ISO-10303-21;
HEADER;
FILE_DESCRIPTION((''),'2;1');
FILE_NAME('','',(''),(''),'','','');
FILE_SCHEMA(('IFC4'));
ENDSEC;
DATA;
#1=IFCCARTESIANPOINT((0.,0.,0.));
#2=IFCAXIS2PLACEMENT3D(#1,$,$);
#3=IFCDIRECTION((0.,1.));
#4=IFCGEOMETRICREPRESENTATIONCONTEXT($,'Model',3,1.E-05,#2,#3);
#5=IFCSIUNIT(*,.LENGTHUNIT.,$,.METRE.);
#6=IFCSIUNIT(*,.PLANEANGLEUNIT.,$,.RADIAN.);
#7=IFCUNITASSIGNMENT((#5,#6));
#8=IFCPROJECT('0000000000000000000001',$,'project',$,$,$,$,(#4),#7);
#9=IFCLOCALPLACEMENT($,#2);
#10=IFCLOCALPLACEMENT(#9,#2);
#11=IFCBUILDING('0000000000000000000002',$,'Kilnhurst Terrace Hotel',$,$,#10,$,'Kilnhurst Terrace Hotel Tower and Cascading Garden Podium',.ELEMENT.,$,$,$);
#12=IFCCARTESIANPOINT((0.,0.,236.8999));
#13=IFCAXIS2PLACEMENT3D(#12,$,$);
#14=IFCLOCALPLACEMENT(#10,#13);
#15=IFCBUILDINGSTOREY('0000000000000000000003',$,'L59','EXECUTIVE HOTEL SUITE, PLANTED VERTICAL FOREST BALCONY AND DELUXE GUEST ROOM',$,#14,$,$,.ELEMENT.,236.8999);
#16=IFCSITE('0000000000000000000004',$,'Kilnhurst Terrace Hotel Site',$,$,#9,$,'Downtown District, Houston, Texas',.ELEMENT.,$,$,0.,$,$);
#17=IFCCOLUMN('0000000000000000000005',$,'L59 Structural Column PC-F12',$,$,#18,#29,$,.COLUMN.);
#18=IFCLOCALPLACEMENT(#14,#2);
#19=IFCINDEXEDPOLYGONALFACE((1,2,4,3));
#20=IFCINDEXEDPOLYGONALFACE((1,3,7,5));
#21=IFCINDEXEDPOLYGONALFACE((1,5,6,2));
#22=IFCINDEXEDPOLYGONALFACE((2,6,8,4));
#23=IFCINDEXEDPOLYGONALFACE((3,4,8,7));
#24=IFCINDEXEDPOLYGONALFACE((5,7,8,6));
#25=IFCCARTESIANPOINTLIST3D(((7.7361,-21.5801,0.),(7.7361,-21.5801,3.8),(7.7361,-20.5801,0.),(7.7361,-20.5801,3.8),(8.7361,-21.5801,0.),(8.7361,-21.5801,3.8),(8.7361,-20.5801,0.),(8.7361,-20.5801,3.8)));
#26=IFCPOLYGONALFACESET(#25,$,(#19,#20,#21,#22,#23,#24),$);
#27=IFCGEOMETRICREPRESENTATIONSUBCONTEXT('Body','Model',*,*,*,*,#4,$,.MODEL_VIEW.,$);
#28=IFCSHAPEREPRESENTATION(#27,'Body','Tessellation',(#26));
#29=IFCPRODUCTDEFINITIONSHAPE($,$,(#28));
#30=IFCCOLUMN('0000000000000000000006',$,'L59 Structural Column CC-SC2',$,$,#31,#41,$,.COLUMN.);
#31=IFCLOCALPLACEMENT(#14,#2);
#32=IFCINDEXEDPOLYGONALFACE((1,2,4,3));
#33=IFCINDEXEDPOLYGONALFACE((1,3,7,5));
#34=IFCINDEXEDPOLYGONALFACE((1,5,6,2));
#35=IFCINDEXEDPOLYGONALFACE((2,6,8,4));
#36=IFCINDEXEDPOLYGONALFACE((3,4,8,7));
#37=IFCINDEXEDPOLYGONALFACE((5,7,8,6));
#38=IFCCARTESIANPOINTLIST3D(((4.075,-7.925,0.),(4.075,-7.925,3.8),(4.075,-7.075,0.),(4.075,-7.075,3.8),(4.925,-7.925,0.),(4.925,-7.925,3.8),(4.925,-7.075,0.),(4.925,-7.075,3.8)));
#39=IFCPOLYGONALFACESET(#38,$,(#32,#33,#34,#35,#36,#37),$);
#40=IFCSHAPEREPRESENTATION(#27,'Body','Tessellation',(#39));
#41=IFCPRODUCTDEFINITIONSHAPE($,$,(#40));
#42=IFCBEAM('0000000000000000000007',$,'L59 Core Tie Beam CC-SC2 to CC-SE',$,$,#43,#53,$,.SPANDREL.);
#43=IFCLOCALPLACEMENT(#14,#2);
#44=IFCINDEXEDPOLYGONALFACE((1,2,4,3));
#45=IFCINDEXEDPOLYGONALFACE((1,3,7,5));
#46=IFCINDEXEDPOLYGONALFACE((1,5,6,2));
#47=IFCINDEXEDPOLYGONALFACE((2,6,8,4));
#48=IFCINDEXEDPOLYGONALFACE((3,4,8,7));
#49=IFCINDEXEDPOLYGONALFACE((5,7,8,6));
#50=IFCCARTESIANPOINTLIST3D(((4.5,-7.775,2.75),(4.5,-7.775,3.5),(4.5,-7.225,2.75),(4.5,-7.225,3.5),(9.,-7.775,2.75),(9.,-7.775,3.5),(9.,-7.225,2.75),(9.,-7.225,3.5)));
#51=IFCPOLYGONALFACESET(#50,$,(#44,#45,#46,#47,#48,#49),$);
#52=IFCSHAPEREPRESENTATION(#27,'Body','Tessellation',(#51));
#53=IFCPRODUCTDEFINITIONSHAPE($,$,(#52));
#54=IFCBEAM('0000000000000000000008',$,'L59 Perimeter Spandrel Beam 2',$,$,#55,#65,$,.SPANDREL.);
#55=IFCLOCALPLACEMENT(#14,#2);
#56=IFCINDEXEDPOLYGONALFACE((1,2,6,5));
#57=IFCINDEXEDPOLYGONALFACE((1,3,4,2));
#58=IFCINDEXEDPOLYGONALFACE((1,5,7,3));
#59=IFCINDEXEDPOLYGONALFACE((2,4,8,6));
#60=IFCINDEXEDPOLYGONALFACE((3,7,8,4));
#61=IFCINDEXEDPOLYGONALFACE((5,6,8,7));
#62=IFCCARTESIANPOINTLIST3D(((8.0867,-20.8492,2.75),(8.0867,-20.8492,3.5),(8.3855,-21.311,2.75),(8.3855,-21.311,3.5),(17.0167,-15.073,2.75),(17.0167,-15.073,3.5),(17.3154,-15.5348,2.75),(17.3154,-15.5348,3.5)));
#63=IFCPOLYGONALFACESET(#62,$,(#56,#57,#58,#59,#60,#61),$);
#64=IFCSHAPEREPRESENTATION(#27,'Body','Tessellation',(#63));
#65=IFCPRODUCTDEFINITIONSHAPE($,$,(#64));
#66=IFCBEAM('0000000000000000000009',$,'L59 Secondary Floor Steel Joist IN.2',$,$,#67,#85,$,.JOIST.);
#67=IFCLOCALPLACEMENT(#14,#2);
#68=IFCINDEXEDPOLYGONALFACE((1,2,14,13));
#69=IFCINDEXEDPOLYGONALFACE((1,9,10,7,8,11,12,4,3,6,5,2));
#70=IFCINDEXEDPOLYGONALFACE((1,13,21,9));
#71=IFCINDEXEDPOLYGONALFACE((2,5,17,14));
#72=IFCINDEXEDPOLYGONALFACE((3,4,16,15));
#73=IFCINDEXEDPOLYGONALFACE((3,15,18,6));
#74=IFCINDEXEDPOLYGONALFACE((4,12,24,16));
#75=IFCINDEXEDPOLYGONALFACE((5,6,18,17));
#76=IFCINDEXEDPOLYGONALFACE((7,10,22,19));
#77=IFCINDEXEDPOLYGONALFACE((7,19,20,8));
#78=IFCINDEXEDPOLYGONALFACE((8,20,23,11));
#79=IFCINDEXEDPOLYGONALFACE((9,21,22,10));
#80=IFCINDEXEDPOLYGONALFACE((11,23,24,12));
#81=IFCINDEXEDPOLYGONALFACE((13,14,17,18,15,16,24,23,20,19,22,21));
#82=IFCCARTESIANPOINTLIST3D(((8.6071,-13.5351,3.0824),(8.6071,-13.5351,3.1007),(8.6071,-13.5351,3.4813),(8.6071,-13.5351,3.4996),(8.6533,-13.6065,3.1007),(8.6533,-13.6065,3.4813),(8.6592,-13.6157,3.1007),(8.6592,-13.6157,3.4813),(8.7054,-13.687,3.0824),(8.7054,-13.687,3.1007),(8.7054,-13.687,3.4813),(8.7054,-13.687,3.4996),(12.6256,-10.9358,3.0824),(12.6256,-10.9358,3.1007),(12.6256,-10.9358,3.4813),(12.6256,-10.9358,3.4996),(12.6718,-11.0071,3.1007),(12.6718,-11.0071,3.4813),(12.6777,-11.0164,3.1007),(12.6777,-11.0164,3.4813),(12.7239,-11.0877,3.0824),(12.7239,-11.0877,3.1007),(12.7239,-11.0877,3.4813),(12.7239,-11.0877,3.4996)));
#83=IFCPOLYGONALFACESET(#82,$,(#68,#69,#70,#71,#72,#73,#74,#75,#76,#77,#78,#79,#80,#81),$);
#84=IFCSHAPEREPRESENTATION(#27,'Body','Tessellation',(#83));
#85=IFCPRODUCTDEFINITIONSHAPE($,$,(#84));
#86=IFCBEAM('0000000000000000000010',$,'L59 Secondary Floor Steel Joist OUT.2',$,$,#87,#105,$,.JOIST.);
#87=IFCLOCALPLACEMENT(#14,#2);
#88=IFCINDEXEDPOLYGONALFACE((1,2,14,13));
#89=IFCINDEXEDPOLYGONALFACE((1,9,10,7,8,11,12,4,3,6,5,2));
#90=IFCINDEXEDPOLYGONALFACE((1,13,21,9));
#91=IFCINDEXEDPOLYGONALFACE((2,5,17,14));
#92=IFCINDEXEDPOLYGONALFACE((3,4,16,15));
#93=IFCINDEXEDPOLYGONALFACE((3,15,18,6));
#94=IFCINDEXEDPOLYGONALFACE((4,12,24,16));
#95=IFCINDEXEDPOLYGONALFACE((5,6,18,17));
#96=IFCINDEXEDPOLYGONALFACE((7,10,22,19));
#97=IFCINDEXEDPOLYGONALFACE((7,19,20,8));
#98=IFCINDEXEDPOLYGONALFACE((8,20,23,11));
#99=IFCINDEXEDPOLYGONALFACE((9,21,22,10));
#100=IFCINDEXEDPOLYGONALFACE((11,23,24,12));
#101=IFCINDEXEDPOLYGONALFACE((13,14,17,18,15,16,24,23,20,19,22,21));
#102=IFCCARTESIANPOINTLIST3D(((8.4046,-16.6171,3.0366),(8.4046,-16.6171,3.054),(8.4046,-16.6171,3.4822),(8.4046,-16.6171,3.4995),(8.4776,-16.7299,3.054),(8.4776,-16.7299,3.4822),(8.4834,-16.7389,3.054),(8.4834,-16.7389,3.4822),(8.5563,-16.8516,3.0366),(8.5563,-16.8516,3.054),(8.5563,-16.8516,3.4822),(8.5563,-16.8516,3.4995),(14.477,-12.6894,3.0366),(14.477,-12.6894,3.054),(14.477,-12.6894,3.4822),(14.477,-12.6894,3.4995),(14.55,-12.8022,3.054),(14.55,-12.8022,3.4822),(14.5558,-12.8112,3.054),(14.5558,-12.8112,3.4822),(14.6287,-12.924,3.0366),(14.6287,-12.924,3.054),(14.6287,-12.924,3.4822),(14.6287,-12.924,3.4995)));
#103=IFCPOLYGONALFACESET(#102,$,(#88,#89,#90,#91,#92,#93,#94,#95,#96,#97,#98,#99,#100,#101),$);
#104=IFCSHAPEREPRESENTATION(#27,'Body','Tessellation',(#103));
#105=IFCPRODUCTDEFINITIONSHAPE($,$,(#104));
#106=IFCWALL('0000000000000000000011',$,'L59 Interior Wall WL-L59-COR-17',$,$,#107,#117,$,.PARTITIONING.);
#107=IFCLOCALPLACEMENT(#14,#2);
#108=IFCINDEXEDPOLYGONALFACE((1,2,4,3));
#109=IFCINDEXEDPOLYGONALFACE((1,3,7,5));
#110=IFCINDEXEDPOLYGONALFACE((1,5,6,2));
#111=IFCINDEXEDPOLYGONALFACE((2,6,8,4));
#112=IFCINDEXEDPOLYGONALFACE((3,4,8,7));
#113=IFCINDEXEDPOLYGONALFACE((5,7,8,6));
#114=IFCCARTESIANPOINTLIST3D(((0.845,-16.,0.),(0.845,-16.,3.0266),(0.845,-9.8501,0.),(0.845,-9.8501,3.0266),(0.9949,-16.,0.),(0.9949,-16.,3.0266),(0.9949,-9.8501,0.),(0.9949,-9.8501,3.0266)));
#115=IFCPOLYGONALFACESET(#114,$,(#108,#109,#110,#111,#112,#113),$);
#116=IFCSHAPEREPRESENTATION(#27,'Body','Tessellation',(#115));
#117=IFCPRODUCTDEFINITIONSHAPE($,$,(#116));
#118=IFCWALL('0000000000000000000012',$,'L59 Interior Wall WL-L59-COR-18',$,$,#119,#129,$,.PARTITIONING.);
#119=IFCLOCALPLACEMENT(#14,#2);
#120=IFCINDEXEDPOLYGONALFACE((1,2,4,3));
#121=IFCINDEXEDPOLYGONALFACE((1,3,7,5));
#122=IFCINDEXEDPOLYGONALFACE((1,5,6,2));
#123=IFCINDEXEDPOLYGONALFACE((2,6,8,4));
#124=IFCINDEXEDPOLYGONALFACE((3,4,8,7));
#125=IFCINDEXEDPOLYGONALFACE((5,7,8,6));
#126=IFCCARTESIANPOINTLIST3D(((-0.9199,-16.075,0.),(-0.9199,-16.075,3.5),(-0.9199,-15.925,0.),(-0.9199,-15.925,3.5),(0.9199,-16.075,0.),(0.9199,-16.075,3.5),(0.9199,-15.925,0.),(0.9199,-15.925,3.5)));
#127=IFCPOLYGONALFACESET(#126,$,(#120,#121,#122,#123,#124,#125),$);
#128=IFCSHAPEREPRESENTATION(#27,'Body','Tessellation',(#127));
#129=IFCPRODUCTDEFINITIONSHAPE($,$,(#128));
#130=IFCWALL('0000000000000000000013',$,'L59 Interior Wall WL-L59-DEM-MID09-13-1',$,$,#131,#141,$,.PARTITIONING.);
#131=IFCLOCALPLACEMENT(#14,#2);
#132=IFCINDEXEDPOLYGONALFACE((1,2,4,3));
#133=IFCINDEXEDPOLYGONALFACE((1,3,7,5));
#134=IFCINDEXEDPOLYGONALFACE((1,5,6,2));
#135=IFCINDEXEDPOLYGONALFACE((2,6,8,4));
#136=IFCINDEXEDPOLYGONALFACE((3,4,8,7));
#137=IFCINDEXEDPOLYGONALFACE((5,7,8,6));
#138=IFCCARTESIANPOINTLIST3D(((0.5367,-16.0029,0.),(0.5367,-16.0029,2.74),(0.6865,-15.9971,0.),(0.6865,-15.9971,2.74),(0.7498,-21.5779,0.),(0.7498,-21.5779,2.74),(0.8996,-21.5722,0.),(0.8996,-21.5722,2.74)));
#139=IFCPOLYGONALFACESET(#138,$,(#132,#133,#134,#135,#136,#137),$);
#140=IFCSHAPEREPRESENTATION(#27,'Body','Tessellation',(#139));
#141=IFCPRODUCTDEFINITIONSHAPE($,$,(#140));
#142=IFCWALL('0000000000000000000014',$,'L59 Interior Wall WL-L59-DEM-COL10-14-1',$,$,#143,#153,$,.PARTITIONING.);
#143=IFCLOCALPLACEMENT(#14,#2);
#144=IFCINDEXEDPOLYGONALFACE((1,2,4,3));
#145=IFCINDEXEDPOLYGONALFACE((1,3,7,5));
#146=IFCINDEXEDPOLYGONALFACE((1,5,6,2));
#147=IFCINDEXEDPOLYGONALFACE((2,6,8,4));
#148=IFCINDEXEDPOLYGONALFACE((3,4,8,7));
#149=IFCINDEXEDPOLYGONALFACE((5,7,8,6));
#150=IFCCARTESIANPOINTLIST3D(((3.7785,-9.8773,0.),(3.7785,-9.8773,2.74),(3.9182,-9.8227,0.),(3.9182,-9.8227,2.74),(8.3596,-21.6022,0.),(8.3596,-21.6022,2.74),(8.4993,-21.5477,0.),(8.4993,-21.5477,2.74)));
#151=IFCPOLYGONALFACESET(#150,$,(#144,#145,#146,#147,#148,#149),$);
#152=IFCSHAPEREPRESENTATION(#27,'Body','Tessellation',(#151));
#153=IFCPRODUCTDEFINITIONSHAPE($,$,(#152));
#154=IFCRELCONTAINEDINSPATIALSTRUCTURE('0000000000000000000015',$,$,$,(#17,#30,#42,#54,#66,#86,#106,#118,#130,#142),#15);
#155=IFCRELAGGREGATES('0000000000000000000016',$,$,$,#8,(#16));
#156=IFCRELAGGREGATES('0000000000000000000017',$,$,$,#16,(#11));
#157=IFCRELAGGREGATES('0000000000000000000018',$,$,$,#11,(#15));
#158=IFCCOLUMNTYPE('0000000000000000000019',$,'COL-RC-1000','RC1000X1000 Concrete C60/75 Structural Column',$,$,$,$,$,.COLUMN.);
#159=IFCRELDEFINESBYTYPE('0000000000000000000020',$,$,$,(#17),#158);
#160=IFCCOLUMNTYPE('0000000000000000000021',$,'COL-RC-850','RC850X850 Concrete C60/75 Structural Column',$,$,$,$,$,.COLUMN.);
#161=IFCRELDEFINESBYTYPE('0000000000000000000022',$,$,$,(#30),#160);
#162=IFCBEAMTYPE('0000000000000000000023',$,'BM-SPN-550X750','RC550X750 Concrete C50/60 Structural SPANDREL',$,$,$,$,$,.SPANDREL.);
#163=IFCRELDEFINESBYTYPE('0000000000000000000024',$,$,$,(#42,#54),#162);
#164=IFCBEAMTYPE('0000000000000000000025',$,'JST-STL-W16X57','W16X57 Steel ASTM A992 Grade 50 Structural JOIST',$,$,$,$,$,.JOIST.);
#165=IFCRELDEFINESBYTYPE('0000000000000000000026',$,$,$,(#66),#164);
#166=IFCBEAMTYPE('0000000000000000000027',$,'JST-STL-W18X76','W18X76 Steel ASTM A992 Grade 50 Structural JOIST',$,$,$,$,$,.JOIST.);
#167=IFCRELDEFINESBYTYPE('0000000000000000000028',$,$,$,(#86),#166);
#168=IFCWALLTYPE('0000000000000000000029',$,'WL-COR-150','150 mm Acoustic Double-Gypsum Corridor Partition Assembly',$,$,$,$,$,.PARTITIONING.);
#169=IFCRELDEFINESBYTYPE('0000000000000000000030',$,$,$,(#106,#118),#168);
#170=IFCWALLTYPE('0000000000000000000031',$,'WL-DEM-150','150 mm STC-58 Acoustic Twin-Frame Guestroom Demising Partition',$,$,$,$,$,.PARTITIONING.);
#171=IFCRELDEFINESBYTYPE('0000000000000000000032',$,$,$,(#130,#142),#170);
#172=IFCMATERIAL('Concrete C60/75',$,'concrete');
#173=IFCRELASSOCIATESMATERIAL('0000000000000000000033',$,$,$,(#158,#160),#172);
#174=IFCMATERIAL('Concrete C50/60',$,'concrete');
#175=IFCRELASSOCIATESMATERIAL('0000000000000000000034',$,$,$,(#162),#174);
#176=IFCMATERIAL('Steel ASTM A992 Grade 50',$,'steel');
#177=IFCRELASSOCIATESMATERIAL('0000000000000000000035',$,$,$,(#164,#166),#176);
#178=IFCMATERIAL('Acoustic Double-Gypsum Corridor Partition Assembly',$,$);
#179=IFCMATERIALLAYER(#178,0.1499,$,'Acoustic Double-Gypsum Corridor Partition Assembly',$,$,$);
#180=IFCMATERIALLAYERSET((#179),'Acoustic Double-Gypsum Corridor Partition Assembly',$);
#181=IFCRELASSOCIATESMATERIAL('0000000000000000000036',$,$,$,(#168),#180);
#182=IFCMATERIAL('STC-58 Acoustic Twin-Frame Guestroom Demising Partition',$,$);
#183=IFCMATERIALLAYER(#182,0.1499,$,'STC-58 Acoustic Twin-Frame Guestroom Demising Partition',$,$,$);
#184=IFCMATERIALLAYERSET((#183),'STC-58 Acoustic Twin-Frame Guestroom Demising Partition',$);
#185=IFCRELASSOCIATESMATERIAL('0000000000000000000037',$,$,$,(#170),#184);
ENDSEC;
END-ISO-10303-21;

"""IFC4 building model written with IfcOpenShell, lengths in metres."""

from ifc_helpers import new_model, si_unit, direction, frame, frame_2d, origin, origin_2d, place, context, subcontext, project, spatial, rectangle, i_section, extrude, material, layer, layer_set, material_profile, profile_set, type_object, element, save


model = new_model("IFC4")

# Units and contexts
model_context = context("Model", 3, precision=1e-05, world=origin(), true_north=direction((0.0, 1.0)))
body_context = subcontext(model_context, "Body", "Model", "MODEL_VIEW")
ifc_project = project(units=[si_unit("LENGTHUNIT", "METRE"), si_unit("PLANEANGLEUNIT", "RADIAN")], contexts=[model_context])

# Site, building, storey
site_placement = place(None, origin())
site = spatial("IfcSite", under=ifc_project, at=site_placement, Name="Kilnhurst Terrace Hotel Site", LongName="Downtown District, Houston, Texas", CompositionType="ELEMENT", RefElevation=0.0)
building_placement = place(site_placement, origin())
building = spatial("IfcBuilding", under=site, at=building_placement, Name="Kilnhurst Terrace Hotel", LongName="Kilnhurst Terrace Hotel Tower and Cascading Garden Podium", CompositionType="ELEMENT")
storey_placement = place(building_placement, frame((0.0, 0.0, 236.8999)))
storey = spatial("IfcBuildingStorey", under=building, at=storey_placement, Name="L59", Description="EXECUTIVE HOTEL SUITE, PLANTED VERTICAL FOREST BALCONY AND DELUXE GUEST ROOM", CompositionType="ELEMENT", Elevation=236.8999)

# Columns
ifc_material_1 = material(Name="Concrete C60/75", Category="concrete")
ifc_material_profile_1 = material_profile(ifc_material_1, rectangle(XDim=1.0, YDim=1.0, at=origin_2d()), Name="RC1000X1000")
ifc_profile_set_1 = profile_set([ifc_material_profile_1], Name="Concrete C60/75")
column_type_1 = type_object("IfcColumnType", Name="COL-RC-1000", Description="RC1000X1000 Concrete C60/75 Structural Column", PredefinedType="COLUMN", material=ifc_profile_set_1)
column_1_placement = place(storey_placement, frame((8.2361, -21.0801, 0.0), z_axis=(0.0, 0.0, 1.0), x_axis=(1.0, 0.0, 0.0)))
element("IfcColumn", 1, at=column_1_placement, inside=storey, type_object=column_type_1, Name="L59 Structural Column PC-F12", PredefinedType="COLUMN", context=body_context, shape_type="SweptSolid", body=[
    extrude(rectangle(XDim=1.0, YDim=1.0, at=origin_2d()), origin(), (0.0, 0.0, 1.0), 3.8),
])
ifc_material_profile_2 = material_profile(ifc_material_1, rectangle(XDim=0.8501, YDim=0.8501, at=origin_2d()), Name="RC850X850")
ifc_profile_set_2 = profile_set([ifc_material_profile_2], Name="Concrete C60/75")
column_type_2 = type_object("IfcColumnType", Name="COL-RC-850", Description="RC850X850 Concrete C60/75 Structural Column", PredefinedType="COLUMN", material=ifc_profile_set_2)
column_2_placement = place(storey_placement, frame((4.5, -7.5, 0.0), z_axis=(0.0, 0.0, 1.0), x_axis=(1.0, 0.0, 0.0)))
element("IfcColumn", 2, at=column_2_placement, inside=storey, type_object=column_type_2, Name="L59 Structural Column CC-SC2", PredefinedType="COLUMN", context=body_context, shape_type="SweptSolid", body=[
    extrude(rectangle(XDim=0.8501, YDim=0.8501, at=origin_2d()), origin(), (0.0, 0.0, 1.0), 3.8),
])

# Beams
ifc_material_2 = material(Name="Concrete C50/60", Category="concrete")
ifc_material_profile_3 = material_profile(ifc_material_2, rectangle(XDim=0.55, YDim=0.75, at=origin_2d()), Name="RC550X750")
ifc_profile_set_3 = profile_set([ifc_material_profile_3], Name="Concrete C50/60")
beam_type_1 = type_object("IfcBeamType", Name="BM-SPN-550X750", Description="RC550X750 Concrete C50/60 Structural SPANDREL", PredefinedType="SPANDREL", material=ifc_profile_set_3)
beam_1_placement = place(storey_placement, frame((4.5, -7.5, 3.125), z_axis=(1.0, 0.0, 0.0), x_axis=(0.0, 1.0, 0.0)))
element("IfcBeam", 3, at=beam_1_placement, inside=storey, type_object=beam_type_1, Name="L59 Core Tie Beam CC-SC2 to CC-SE", PredefinedType="SPANDREL", context=body_context, shape_type="SweptSolid", body=[
    extrude(rectangle(XDim=0.55, YDim=0.75, at=origin_2d()), origin(), (0.0, 0.0, 1.0), 4.5),
])
beam_2_placement = place(storey_placement, frame((8.2361, -21.0801, 3.125), z_axis=(0.839659, 0.543114, 0.0), x_axis=(-0.543114, 0.839659, 0.0)))
element("IfcBeam", 4, at=beam_2_placement, inside=storey, type_object=beam_type_1, Name="L59 Perimeter Spandrel Beam 2", PredefinedType="SPANDREL", context=body_context, shape_type="SweptSolid", body=[
    extrude(rectangle(XDim=0.55, YDim=0.75, at=origin_2d()), origin(), (0.0, 0.0, 1.0), 10.6353),
])
ifc_material_3 = material(Name="Steel ASTM A992 Grade 50", Category="steel")
ifc_material_profile_4 = material_profile(ifc_material_3, i_section(OverallWidth=0.1809, OverallDepth=0.4172, WebThickness=0.011, FlangeThickness=0.0183, at=origin_2d()), Name="W16X57")
ifc_profile_set_4 = profile_set([ifc_material_profile_4], Name="Steel ASTM A992 Grade 50")
beam_type_2 = type_object("IfcBeamType", Name="JST-STL-W16X57", Description="W16X57 Steel ASTM A992 Grade 50 Structural JOIST", PredefinedType="JOIST", material=ifc_profile_set_4)
beam_3_placement = place(storey_placement, frame((8.6562, -13.6111, 3.291), z_axis=(0.839654, 0.543122, 0.0), x_axis=(-0.543122, 0.839654, 0.0)))
element("IfcBeam", 5, at=beam_3_placement, inside=storey, type_object=beam_type_2, Name="L59 Secondary Floor Steel Joist IN.2", PredefinedType="JOIST", context=body_context, shape_type="SweptSolid", body=[
    extrude(i_section(OverallWidth=0.1809, OverallDepth=0.4172, WebThickness=0.011, FlangeThickness=0.0183, at=origin_2d()), origin(), (0.0, 0.0, 1.0), 4.7859),
])
ifc_material_profile_5 = material_profile(ifc_material_3, i_section(OverallWidth=0.2793, OverallDepth=0.4629, WebThickness=0.0107, FlangeThickness=0.0173, at=origin_2d()), Name="W18X76")
ifc_profile_set_5 = profile_set([ifc_material_profile_5], Name="Steel ASTM A992 Grade 50")
beam_type_3 = type_object("IfcBeamType", Name="JST-STL-W18X76", Description="W18X76 Steel ASTM A992 Grade 50 Structural JOIST", PredefinedType="JOIST", material=ifc_profile_set_5)
beam_4_placement = place(storey_placement, frame((8.4805, -16.7344, 3.2681), z_axis=(0.839667, 0.543101, 0.0), x_axis=(-0.543101, 0.839667, 0.0)))
element("IfcBeam", 6, at=beam_4_placement, inside=storey, type_object=beam_type_3, Name="L59 Secondary Floor Steel Joist OUT.2", PredefinedType="JOIST", context=body_context, shape_type="SweptSolid", body=[
    extrude(i_section(OverallWidth=0.2793, OverallDepth=0.4629, WebThickness=0.0107, FlangeThickness=0.0173, at=origin_2d()), origin(), (0.0, 0.0, 1.0), 7.2319),
])

# Walls
ifc_material_4 = material(Name="Acoustic Double-Gypsum Corridor Partition Assembly")
ifc_layer_1 = layer(ifc_material_4, 0.1499, Name="Acoustic Double-Gypsum Corridor Partition Assembly")
ifc_layer_set_1 = layer_set([ifc_layer_1], Name="Acoustic Double-Gypsum Corridor Partition Assembly")
wall_type_1 = type_object("IfcWallType", Name="WL-COR-150", Description="150 mm Acoustic Double-Gypsum Corridor Partition Assembly", PredefinedType="PARTITIONING", material=ifc_layer_set_1)
wall_1_placement = place(storey_placement, frame((0.9199, -9.8501, 0.0), z_axis=(0.0, 0.0, 1.0), x_axis=(0.0, -1.0, 0.0)))
element("IfcWall", 7, at=wall_1_placement, inside=storey, type_object=wall_type_1, Name="L59 Interior Wall WL-L59-COR-17", PredefinedType="PARTITIONING", context=body_context, shape_type="SweptSolid", body=[
    extrude(rectangle(XDim=6.1499, YDim=0.1499, at=frame_2d((3.075, 0.0))), origin(), (0.0, 0.0, 1.0), 3.0266),
])
wall_2_placement = place(storey_placement, frame((0.9199, -16.0, 0.0), z_axis=(0.0, 0.0, 1.0), x_axis=(-1.0, 0.0, 0.0)))
element("IfcWall", 8, at=wall_2_placement, inside=storey, type_object=wall_type_1, Name="L59 Interior Wall WL-L59-COR-18", PredefinedType="PARTITIONING", context=body_context, shape_type="SweptSolid", body=[
    extrude(rectangle(XDim=1.8398, YDim=0.1499, at=frame_2d((0.9199, 0.0))), origin(), (0.0, 0.0, 1.0), 3.5),
])
ifc_material_5 = material(Name="STC-58 Acoustic Twin-Frame Guestroom Demising Partition")
ifc_layer_2 = layer(ifc_material_5, 0.1499, Name="STC-58 Acoustic Twin-Frame Guestroom Demising Partition")
ifc_layer_set_2 = layer_set([ifc_layer_2], Name="STC-58 Acoustic Twin-Frame Guestroom Demising Partition")
wall_type_2 = type_object("IfcWallType", Name="WL-DEM-150", Description="150 mm STC-58 Acoustic Twin-Frame Guestroom Demising Partition", PredefinedType="PARTITIONING", material=ifc_layer_set_2)
wall_3_placement = place(storey_placement, frame((0.6116, -16.0, 0.0), z_axis=(0.0, 0.0, 1.0), x_axis=(0.038203, -0.99927, 0.0)))
element("IfcWall", 9, at=wall_3_placement, inside=storey, type_object=wall_type_2, Name="L59 Interior Wall WL-L59-DEM-MID09-13-1", PredefinedType="PARTITIONING", context=body_context, shape_type="SweptSolid", body=[
    extrude(rectangle(XDim=5.5791, YDim=0.1499, at=frame_2d((2.7896, 0.0))), origin(), (0.0, 0.0, 1.0), 2.74),
])
wall_4_placement = place(storey_placement, frame((3.8484, -9.8501, 0.0), z_axis=(0.0, 0.0, 1.0), x_axis=(0.363922, -0.93143, 0.0)))
element("IfcWall", 10, at=wall_4_placement, inside=storey, type_object=wall_type_2, Name="L59 Interior Wall WL-L59-DEM-COL10-14-1", PredefinedType="PARTITIONING", context=body_context, shape_type="SweptSolid", body=[
    extrude(rectangle(XDim=12.5881, YDim=0.1499, at=frame_2d((6.2939, 0.0))), origin(), (0.0, 0.0, 1.0), 2.74),
])

save(model, "model.ifc")
